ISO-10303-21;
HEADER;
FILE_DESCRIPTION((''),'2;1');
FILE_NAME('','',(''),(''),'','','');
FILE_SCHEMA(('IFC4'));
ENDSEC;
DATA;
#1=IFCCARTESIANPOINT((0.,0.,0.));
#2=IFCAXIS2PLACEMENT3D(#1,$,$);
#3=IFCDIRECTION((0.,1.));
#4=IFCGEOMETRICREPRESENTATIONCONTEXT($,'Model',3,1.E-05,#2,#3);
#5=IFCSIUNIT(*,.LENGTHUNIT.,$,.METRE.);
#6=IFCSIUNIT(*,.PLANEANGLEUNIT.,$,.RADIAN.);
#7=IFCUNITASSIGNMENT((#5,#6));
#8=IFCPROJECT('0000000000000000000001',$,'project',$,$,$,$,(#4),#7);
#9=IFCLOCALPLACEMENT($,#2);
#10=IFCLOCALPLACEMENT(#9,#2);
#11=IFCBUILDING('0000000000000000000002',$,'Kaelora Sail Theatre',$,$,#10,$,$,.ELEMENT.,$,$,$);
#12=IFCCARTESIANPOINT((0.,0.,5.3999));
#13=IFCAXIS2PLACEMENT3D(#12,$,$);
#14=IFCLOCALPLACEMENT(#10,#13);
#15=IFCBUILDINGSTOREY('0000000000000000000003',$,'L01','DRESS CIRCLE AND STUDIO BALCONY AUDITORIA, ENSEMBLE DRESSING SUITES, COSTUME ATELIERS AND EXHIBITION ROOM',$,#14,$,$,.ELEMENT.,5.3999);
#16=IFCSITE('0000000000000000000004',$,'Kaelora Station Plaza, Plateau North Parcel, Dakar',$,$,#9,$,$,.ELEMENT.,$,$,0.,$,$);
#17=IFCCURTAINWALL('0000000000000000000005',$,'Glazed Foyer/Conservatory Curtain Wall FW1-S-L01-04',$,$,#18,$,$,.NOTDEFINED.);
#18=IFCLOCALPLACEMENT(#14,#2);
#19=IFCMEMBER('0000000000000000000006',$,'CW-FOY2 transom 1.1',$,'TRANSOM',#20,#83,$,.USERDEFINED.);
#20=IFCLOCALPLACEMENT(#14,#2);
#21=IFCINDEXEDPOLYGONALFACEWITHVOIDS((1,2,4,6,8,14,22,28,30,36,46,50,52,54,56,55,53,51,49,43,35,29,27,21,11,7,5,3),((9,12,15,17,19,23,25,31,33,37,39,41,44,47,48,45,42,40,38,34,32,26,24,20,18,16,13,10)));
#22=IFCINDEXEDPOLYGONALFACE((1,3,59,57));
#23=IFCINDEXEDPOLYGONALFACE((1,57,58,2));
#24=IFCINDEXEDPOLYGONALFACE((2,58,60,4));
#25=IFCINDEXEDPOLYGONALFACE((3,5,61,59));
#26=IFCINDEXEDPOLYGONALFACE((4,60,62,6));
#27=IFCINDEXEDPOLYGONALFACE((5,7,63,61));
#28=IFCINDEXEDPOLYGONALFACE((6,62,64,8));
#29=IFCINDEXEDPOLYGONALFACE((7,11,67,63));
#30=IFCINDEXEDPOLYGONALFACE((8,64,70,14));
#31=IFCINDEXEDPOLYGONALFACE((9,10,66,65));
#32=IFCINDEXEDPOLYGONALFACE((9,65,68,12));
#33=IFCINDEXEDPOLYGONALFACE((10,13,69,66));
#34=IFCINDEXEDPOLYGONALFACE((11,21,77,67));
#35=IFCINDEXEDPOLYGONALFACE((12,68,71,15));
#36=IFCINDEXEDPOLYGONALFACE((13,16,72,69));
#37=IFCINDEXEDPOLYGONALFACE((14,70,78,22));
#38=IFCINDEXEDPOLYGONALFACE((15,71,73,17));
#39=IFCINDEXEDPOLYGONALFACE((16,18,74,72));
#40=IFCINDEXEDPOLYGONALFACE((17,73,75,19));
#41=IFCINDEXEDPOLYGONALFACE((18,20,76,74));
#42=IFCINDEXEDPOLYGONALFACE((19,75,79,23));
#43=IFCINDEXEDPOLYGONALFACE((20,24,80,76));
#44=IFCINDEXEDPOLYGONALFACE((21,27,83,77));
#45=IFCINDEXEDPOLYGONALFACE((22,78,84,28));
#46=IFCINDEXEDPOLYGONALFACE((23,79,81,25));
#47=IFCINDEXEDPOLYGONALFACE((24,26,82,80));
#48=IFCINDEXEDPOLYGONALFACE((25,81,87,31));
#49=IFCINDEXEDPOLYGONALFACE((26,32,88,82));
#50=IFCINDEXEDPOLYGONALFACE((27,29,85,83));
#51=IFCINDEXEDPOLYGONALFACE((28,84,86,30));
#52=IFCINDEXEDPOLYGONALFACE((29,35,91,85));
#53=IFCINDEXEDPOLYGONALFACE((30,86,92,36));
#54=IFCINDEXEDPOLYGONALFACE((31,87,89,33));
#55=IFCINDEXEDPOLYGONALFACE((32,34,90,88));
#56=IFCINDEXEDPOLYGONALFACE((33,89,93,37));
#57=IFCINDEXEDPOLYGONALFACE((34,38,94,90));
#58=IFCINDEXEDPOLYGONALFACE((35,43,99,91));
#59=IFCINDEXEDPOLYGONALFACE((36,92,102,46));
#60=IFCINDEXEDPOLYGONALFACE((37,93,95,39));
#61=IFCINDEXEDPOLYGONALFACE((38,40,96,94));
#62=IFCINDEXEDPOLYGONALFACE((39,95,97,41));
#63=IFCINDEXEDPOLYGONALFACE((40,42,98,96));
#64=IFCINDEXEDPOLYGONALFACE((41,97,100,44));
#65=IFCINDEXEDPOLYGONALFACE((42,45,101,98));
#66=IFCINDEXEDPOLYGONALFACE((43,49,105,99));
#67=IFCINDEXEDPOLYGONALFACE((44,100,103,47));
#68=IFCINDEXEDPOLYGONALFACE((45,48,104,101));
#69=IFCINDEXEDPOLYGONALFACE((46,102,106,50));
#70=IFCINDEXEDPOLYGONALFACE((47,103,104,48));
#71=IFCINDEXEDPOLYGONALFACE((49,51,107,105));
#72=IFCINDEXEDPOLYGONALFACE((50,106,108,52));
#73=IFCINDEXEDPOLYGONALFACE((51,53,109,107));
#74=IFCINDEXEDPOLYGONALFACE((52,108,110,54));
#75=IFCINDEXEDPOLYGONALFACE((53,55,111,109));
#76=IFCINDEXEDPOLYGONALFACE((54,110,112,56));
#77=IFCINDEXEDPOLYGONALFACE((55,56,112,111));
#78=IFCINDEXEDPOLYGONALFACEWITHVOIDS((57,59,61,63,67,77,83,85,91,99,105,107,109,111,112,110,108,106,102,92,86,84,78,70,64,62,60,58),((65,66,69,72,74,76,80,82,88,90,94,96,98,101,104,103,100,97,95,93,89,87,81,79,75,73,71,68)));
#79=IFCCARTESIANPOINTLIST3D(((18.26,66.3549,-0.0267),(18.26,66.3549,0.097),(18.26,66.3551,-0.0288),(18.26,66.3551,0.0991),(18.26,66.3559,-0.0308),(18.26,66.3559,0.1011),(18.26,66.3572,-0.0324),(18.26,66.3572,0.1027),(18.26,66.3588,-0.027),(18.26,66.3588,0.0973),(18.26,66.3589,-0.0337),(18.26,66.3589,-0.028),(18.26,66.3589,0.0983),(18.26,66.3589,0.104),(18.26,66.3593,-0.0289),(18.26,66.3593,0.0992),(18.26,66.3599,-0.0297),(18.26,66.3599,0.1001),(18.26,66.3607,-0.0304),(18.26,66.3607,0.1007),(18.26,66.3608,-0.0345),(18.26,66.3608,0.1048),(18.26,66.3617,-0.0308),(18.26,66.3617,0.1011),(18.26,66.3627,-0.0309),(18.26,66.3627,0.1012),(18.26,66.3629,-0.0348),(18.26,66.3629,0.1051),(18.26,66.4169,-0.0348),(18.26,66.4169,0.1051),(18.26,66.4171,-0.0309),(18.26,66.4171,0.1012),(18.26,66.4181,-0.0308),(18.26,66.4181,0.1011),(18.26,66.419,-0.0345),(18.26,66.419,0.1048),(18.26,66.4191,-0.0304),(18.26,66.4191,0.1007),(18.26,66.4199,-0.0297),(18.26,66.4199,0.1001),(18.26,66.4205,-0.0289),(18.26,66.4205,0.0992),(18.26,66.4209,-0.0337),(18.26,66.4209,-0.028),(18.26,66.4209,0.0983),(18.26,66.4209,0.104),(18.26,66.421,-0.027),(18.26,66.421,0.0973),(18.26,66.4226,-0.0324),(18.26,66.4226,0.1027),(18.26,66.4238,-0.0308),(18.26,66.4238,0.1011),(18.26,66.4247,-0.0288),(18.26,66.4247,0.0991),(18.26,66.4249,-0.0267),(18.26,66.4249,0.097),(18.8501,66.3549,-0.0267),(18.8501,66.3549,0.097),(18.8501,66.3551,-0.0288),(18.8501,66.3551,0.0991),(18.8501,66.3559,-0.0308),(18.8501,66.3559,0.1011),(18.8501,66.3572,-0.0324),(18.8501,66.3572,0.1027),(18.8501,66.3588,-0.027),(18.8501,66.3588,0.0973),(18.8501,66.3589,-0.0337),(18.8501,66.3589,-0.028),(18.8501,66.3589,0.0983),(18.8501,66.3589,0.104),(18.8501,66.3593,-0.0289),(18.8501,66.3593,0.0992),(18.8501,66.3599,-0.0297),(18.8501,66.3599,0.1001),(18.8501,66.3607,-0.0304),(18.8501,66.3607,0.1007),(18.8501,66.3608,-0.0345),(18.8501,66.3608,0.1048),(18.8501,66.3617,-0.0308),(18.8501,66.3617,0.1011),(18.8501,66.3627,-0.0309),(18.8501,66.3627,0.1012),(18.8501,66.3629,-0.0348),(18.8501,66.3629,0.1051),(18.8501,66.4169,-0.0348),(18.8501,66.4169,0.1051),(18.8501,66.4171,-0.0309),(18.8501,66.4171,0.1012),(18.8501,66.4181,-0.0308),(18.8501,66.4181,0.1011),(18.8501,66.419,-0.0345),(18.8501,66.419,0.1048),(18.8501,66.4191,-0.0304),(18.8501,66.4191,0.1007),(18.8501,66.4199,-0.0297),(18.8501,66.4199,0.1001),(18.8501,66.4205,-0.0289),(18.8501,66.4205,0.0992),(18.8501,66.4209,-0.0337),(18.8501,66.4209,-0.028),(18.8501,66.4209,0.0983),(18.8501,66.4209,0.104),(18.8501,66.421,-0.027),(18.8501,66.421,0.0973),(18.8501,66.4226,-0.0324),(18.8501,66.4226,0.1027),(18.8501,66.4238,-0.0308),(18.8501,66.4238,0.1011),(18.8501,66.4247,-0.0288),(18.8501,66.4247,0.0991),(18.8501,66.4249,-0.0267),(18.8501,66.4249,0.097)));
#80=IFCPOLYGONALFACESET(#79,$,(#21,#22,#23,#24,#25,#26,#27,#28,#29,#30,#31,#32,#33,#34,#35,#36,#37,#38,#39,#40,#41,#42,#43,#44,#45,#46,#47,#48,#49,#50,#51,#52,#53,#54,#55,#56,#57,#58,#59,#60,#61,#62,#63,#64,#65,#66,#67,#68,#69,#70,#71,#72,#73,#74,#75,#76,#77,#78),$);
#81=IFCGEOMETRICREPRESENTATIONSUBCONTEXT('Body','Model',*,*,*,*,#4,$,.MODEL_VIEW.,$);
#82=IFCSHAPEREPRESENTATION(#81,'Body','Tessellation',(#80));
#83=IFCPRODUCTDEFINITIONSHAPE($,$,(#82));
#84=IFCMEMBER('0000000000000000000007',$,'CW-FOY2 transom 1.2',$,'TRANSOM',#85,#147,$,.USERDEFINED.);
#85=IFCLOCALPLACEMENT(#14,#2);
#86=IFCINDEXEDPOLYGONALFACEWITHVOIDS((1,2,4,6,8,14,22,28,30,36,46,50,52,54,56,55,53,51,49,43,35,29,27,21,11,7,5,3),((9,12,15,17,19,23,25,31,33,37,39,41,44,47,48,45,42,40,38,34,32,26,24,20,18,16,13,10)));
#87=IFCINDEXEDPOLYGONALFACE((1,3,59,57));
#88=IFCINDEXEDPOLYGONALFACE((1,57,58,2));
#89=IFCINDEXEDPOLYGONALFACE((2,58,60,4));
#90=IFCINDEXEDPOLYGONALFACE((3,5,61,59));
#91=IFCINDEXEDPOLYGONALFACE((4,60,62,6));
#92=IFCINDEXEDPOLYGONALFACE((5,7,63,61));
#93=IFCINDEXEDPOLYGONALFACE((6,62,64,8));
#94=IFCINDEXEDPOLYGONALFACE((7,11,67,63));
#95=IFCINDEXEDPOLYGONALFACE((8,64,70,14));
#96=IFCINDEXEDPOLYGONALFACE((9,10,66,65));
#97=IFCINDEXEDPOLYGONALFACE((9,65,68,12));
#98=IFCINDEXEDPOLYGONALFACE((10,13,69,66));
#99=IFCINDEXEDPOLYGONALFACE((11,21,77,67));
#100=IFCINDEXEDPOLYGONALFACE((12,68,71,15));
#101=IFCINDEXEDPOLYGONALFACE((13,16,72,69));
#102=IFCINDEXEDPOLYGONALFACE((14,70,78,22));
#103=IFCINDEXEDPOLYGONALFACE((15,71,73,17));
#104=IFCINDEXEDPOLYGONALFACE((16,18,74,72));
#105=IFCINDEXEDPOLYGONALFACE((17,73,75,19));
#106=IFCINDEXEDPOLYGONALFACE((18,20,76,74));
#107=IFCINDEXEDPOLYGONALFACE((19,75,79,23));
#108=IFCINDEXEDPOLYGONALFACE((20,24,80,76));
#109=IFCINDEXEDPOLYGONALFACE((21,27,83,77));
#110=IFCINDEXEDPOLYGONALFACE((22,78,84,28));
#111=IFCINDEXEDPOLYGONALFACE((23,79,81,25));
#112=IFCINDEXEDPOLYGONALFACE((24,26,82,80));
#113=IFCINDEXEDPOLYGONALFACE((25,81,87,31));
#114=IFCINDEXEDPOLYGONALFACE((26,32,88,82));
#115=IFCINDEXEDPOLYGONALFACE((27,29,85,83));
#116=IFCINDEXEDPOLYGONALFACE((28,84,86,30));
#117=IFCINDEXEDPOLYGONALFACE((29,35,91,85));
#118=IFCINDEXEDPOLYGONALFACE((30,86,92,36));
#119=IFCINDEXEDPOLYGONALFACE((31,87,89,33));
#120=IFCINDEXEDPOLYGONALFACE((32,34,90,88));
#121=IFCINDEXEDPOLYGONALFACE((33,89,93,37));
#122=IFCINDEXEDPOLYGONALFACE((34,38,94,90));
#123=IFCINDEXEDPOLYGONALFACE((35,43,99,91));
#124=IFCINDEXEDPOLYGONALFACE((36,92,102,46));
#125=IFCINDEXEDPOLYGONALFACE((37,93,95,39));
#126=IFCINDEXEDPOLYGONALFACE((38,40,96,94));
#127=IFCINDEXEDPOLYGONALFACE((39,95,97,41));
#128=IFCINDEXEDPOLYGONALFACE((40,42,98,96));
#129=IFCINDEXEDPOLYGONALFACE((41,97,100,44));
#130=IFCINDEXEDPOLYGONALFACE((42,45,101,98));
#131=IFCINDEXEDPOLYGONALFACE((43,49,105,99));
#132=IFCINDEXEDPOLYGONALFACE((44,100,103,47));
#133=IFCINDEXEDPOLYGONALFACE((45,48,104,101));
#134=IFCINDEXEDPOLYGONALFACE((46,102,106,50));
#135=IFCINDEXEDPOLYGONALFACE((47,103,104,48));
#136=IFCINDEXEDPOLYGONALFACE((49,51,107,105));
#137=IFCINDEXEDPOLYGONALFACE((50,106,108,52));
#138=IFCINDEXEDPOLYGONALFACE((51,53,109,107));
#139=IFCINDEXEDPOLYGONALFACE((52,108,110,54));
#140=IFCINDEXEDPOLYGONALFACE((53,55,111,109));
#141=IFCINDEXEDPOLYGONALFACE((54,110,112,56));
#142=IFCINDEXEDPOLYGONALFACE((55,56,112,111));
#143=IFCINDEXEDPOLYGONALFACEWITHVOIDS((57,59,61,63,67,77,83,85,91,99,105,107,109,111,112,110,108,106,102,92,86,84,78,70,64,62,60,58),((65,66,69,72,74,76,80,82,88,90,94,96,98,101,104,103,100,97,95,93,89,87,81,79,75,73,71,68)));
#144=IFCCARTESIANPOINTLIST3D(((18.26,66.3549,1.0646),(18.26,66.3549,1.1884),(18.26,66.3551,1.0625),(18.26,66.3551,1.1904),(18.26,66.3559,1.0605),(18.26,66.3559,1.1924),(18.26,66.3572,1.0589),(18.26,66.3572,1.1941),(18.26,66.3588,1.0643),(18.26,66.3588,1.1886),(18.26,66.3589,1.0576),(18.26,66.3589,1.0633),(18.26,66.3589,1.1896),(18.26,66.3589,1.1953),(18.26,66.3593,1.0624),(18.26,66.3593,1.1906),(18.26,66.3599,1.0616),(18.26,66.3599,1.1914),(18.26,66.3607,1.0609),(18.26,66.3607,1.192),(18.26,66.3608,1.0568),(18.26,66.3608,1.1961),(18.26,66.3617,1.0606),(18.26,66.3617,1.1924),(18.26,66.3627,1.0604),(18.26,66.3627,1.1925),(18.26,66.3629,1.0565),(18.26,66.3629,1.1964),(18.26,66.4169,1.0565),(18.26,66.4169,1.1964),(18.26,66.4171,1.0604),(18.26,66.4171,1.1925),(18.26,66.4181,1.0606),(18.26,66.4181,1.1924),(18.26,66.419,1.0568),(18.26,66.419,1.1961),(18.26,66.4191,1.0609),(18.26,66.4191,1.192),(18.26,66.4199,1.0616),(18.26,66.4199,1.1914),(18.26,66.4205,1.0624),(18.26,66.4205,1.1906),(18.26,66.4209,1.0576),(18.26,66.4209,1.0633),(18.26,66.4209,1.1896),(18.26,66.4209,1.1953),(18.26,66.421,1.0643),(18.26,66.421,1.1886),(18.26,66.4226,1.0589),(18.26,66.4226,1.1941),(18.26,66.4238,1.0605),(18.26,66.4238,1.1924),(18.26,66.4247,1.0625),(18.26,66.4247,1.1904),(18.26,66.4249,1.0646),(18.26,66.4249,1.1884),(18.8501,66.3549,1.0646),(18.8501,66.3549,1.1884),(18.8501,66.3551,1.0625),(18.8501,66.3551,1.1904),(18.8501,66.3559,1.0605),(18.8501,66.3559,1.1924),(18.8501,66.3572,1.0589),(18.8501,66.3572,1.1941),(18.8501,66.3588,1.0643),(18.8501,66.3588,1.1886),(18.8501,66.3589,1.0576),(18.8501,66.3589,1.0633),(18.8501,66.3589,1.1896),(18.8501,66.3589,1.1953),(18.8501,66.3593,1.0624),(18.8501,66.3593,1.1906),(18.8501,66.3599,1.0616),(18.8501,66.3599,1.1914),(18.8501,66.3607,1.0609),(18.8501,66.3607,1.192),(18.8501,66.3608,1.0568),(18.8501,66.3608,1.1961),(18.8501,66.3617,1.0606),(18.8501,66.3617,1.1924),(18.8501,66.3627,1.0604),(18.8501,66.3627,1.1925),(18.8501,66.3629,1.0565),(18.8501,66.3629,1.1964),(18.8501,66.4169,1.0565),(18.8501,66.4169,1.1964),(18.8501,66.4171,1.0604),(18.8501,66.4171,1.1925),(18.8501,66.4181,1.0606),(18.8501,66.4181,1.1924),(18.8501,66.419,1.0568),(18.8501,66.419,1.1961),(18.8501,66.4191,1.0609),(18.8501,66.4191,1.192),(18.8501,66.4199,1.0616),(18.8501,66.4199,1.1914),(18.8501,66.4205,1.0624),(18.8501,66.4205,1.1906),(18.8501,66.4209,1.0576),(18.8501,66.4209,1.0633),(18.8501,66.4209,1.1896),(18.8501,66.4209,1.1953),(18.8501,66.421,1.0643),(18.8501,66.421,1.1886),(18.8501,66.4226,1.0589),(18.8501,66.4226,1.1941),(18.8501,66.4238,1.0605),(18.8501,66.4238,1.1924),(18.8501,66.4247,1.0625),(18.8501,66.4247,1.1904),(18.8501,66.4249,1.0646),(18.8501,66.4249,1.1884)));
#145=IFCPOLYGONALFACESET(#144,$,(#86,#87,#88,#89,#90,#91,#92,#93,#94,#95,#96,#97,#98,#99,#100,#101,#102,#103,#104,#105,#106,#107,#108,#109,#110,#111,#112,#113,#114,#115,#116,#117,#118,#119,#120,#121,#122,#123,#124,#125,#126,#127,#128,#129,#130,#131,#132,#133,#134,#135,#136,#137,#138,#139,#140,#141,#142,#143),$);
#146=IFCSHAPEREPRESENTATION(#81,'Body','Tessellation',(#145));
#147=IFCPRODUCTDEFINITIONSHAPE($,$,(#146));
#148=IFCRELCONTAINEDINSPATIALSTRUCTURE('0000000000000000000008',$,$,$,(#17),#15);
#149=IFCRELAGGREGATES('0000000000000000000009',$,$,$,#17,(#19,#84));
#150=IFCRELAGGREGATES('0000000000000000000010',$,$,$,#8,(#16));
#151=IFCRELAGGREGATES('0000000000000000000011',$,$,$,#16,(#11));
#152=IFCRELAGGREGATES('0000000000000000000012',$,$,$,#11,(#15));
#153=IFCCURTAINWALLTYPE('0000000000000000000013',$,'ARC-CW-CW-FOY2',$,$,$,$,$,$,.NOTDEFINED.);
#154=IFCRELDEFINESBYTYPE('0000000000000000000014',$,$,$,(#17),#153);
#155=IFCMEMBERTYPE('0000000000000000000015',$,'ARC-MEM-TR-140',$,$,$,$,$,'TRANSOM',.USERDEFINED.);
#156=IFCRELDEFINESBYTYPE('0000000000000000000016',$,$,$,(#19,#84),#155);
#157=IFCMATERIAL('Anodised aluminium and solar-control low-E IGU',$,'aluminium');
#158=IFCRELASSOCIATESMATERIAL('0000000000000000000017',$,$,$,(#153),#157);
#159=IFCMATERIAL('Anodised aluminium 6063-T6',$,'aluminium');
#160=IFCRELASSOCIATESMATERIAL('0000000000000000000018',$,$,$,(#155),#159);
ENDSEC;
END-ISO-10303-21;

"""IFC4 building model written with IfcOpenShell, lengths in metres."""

from ifc_helpers import new_model, si_unit, direction, frame, origin, origin_2d, place, context, subcontext, project, spatial, hollow_rectangle, extrude, material, material_profile, profile_set, type_object, element, aggregate, save


model = new_model("IFC4")

# Units and contexts
model_context = context("Model", 3, precision=1e-05, world=origin(), true_north=direction((0.0, 1.0)))
body_context = subcontext(model_context, "Body", "Model", "MODEL_VIEW")
ifc_project = project(units=[si_unit("LENGTHUNIT", "METRE"), si_unit("PLANEANGLEUNIT", "RADIAN")], contexts=[model_context])

# Site, building, storey
site_placement = place(None, origin())
site = spatial("IfcSite", under=ifc_project, at=site_placement, Name="Kaelora Station Plaza, Plateau North Parcel, Dakar", CompositionType="ELEMENT", RefElevation=0.0)
building_placement = place(site_placement, origin())
building = spatial("IfcBuilding", under=site, at=building_placement, Name="Kaelora Sail Theatre", CompositionType="ELEMENT")
storey_placement = place(building_placement, frame((0.0, 0.0, 5.3999)))
storey = spatial("IfcBuildingStorey", under=building, at=storey_placement, Name="L01", Description="DRESS CIRCLE AND STUDIO BALCONY AUDITORIA, ENSEMBLE DRESSING SUITES, COSTUME ATELIERS AND EXHIBITION ROOM", CompositionType="ELEMENT", Elevation=5.3999)

# Curtain wall
ifc_material_1 = material(Name="Anodised aluminium and solar-control low-E IGU", Category="aluminium")
curtain_wall_type = type_object("IfcCurtainWallType", Name="ARC-CW-CW-FOY2", PredefinedType="NOTDEFINED", material=ifc_material_1)
curtain_wall_1_placement = place(storey_placement, origin())
curtain_wall_1 = element("IfcCurtainWall", 1, at=curtain_wall_1_placement, inside=storey, type_object=curtain_wall_type, Name="Glazed Foyer/Conservatory Curtain Wall FW1-S-L01-04", PredefinedType="NOTDEFINED")

# Members
ifc_material_2 = material(Name="Anodised aluminium 6063-T6", Category="aluminium")
ifc_material_profile_1 = material_profile(ifc_material_2, hollow_rectangle(XDim=0.0701, YDim=0.1399, WallThickness=0.0039, InnerFilletRadius=0.0039, OuterFilletRadius=0.0081, at=origin_2d()), Name="ALU-TRAN 70x140x4")
ifc_profile_set_1 = profile_set([ifc_material_profile_1], Name="Anodised aluminium 6063-T6")
member_type_1 = type_object("IfcMemberType", Name="ARC-MEM-TR-140", ElementType="TRANSOM", PredefinedType="USERDEFINED", material=ifc_profile_set_1)
member_1_placement = place(storey_placement, frame((18.26, 66.3899, 0.0352), z_axis=(1.0, 0.0, 0.0), x_axis=(0.0, 1.0, 0.0)))
member_1 = element("IfcMember", 2, at=member_1_placement, type_object=member_type_1, Name="CW-FOY2 transom 1.1", ObjectType="TRANSOM", PredefinedType="USERDEFINED", context=body_context, shape_type="SweptSolid", body=[
    extrude(hollow_rectangle(XDim=0.0701, YDim=0.1399, WallThickness=0.0039, InnerFilletRadius=0.0039, OuterFilletRadius=0.0081, at=origin_2d()), origin(), (0.0, 0.0, 1.0), 0.5901),
])
member_2_placement = place(storey_placement, frame((18.26, 66.3899, 1.1265), z_axis=(1.0, 0.0, 0.0), x_axis=(0.0, 1.0, 0.0)))
member_2 = element("IfcMember", 3, at=member_2_placement, type_object=member_type_1, Name="CW-FOY2 transom 1.2", ObjectType="TRANSOM", PredefinedType="USERDEFINED", context=body_context, shape_type="SweptSolid", body=[
    extrude(hollow_rectangle(XDim=0.0701, YDim=0.1399, WallThickness=0.0039, InnerFilletRadius=0.0039, OuterFilletRadius=0.0081, at=origin_2d()), origin(), (0.0, 0.0, 1.0), 0.5901),
])

aggregate(curtain_wall_1, [member_1, member_2])

save(model, "model.ifc")
